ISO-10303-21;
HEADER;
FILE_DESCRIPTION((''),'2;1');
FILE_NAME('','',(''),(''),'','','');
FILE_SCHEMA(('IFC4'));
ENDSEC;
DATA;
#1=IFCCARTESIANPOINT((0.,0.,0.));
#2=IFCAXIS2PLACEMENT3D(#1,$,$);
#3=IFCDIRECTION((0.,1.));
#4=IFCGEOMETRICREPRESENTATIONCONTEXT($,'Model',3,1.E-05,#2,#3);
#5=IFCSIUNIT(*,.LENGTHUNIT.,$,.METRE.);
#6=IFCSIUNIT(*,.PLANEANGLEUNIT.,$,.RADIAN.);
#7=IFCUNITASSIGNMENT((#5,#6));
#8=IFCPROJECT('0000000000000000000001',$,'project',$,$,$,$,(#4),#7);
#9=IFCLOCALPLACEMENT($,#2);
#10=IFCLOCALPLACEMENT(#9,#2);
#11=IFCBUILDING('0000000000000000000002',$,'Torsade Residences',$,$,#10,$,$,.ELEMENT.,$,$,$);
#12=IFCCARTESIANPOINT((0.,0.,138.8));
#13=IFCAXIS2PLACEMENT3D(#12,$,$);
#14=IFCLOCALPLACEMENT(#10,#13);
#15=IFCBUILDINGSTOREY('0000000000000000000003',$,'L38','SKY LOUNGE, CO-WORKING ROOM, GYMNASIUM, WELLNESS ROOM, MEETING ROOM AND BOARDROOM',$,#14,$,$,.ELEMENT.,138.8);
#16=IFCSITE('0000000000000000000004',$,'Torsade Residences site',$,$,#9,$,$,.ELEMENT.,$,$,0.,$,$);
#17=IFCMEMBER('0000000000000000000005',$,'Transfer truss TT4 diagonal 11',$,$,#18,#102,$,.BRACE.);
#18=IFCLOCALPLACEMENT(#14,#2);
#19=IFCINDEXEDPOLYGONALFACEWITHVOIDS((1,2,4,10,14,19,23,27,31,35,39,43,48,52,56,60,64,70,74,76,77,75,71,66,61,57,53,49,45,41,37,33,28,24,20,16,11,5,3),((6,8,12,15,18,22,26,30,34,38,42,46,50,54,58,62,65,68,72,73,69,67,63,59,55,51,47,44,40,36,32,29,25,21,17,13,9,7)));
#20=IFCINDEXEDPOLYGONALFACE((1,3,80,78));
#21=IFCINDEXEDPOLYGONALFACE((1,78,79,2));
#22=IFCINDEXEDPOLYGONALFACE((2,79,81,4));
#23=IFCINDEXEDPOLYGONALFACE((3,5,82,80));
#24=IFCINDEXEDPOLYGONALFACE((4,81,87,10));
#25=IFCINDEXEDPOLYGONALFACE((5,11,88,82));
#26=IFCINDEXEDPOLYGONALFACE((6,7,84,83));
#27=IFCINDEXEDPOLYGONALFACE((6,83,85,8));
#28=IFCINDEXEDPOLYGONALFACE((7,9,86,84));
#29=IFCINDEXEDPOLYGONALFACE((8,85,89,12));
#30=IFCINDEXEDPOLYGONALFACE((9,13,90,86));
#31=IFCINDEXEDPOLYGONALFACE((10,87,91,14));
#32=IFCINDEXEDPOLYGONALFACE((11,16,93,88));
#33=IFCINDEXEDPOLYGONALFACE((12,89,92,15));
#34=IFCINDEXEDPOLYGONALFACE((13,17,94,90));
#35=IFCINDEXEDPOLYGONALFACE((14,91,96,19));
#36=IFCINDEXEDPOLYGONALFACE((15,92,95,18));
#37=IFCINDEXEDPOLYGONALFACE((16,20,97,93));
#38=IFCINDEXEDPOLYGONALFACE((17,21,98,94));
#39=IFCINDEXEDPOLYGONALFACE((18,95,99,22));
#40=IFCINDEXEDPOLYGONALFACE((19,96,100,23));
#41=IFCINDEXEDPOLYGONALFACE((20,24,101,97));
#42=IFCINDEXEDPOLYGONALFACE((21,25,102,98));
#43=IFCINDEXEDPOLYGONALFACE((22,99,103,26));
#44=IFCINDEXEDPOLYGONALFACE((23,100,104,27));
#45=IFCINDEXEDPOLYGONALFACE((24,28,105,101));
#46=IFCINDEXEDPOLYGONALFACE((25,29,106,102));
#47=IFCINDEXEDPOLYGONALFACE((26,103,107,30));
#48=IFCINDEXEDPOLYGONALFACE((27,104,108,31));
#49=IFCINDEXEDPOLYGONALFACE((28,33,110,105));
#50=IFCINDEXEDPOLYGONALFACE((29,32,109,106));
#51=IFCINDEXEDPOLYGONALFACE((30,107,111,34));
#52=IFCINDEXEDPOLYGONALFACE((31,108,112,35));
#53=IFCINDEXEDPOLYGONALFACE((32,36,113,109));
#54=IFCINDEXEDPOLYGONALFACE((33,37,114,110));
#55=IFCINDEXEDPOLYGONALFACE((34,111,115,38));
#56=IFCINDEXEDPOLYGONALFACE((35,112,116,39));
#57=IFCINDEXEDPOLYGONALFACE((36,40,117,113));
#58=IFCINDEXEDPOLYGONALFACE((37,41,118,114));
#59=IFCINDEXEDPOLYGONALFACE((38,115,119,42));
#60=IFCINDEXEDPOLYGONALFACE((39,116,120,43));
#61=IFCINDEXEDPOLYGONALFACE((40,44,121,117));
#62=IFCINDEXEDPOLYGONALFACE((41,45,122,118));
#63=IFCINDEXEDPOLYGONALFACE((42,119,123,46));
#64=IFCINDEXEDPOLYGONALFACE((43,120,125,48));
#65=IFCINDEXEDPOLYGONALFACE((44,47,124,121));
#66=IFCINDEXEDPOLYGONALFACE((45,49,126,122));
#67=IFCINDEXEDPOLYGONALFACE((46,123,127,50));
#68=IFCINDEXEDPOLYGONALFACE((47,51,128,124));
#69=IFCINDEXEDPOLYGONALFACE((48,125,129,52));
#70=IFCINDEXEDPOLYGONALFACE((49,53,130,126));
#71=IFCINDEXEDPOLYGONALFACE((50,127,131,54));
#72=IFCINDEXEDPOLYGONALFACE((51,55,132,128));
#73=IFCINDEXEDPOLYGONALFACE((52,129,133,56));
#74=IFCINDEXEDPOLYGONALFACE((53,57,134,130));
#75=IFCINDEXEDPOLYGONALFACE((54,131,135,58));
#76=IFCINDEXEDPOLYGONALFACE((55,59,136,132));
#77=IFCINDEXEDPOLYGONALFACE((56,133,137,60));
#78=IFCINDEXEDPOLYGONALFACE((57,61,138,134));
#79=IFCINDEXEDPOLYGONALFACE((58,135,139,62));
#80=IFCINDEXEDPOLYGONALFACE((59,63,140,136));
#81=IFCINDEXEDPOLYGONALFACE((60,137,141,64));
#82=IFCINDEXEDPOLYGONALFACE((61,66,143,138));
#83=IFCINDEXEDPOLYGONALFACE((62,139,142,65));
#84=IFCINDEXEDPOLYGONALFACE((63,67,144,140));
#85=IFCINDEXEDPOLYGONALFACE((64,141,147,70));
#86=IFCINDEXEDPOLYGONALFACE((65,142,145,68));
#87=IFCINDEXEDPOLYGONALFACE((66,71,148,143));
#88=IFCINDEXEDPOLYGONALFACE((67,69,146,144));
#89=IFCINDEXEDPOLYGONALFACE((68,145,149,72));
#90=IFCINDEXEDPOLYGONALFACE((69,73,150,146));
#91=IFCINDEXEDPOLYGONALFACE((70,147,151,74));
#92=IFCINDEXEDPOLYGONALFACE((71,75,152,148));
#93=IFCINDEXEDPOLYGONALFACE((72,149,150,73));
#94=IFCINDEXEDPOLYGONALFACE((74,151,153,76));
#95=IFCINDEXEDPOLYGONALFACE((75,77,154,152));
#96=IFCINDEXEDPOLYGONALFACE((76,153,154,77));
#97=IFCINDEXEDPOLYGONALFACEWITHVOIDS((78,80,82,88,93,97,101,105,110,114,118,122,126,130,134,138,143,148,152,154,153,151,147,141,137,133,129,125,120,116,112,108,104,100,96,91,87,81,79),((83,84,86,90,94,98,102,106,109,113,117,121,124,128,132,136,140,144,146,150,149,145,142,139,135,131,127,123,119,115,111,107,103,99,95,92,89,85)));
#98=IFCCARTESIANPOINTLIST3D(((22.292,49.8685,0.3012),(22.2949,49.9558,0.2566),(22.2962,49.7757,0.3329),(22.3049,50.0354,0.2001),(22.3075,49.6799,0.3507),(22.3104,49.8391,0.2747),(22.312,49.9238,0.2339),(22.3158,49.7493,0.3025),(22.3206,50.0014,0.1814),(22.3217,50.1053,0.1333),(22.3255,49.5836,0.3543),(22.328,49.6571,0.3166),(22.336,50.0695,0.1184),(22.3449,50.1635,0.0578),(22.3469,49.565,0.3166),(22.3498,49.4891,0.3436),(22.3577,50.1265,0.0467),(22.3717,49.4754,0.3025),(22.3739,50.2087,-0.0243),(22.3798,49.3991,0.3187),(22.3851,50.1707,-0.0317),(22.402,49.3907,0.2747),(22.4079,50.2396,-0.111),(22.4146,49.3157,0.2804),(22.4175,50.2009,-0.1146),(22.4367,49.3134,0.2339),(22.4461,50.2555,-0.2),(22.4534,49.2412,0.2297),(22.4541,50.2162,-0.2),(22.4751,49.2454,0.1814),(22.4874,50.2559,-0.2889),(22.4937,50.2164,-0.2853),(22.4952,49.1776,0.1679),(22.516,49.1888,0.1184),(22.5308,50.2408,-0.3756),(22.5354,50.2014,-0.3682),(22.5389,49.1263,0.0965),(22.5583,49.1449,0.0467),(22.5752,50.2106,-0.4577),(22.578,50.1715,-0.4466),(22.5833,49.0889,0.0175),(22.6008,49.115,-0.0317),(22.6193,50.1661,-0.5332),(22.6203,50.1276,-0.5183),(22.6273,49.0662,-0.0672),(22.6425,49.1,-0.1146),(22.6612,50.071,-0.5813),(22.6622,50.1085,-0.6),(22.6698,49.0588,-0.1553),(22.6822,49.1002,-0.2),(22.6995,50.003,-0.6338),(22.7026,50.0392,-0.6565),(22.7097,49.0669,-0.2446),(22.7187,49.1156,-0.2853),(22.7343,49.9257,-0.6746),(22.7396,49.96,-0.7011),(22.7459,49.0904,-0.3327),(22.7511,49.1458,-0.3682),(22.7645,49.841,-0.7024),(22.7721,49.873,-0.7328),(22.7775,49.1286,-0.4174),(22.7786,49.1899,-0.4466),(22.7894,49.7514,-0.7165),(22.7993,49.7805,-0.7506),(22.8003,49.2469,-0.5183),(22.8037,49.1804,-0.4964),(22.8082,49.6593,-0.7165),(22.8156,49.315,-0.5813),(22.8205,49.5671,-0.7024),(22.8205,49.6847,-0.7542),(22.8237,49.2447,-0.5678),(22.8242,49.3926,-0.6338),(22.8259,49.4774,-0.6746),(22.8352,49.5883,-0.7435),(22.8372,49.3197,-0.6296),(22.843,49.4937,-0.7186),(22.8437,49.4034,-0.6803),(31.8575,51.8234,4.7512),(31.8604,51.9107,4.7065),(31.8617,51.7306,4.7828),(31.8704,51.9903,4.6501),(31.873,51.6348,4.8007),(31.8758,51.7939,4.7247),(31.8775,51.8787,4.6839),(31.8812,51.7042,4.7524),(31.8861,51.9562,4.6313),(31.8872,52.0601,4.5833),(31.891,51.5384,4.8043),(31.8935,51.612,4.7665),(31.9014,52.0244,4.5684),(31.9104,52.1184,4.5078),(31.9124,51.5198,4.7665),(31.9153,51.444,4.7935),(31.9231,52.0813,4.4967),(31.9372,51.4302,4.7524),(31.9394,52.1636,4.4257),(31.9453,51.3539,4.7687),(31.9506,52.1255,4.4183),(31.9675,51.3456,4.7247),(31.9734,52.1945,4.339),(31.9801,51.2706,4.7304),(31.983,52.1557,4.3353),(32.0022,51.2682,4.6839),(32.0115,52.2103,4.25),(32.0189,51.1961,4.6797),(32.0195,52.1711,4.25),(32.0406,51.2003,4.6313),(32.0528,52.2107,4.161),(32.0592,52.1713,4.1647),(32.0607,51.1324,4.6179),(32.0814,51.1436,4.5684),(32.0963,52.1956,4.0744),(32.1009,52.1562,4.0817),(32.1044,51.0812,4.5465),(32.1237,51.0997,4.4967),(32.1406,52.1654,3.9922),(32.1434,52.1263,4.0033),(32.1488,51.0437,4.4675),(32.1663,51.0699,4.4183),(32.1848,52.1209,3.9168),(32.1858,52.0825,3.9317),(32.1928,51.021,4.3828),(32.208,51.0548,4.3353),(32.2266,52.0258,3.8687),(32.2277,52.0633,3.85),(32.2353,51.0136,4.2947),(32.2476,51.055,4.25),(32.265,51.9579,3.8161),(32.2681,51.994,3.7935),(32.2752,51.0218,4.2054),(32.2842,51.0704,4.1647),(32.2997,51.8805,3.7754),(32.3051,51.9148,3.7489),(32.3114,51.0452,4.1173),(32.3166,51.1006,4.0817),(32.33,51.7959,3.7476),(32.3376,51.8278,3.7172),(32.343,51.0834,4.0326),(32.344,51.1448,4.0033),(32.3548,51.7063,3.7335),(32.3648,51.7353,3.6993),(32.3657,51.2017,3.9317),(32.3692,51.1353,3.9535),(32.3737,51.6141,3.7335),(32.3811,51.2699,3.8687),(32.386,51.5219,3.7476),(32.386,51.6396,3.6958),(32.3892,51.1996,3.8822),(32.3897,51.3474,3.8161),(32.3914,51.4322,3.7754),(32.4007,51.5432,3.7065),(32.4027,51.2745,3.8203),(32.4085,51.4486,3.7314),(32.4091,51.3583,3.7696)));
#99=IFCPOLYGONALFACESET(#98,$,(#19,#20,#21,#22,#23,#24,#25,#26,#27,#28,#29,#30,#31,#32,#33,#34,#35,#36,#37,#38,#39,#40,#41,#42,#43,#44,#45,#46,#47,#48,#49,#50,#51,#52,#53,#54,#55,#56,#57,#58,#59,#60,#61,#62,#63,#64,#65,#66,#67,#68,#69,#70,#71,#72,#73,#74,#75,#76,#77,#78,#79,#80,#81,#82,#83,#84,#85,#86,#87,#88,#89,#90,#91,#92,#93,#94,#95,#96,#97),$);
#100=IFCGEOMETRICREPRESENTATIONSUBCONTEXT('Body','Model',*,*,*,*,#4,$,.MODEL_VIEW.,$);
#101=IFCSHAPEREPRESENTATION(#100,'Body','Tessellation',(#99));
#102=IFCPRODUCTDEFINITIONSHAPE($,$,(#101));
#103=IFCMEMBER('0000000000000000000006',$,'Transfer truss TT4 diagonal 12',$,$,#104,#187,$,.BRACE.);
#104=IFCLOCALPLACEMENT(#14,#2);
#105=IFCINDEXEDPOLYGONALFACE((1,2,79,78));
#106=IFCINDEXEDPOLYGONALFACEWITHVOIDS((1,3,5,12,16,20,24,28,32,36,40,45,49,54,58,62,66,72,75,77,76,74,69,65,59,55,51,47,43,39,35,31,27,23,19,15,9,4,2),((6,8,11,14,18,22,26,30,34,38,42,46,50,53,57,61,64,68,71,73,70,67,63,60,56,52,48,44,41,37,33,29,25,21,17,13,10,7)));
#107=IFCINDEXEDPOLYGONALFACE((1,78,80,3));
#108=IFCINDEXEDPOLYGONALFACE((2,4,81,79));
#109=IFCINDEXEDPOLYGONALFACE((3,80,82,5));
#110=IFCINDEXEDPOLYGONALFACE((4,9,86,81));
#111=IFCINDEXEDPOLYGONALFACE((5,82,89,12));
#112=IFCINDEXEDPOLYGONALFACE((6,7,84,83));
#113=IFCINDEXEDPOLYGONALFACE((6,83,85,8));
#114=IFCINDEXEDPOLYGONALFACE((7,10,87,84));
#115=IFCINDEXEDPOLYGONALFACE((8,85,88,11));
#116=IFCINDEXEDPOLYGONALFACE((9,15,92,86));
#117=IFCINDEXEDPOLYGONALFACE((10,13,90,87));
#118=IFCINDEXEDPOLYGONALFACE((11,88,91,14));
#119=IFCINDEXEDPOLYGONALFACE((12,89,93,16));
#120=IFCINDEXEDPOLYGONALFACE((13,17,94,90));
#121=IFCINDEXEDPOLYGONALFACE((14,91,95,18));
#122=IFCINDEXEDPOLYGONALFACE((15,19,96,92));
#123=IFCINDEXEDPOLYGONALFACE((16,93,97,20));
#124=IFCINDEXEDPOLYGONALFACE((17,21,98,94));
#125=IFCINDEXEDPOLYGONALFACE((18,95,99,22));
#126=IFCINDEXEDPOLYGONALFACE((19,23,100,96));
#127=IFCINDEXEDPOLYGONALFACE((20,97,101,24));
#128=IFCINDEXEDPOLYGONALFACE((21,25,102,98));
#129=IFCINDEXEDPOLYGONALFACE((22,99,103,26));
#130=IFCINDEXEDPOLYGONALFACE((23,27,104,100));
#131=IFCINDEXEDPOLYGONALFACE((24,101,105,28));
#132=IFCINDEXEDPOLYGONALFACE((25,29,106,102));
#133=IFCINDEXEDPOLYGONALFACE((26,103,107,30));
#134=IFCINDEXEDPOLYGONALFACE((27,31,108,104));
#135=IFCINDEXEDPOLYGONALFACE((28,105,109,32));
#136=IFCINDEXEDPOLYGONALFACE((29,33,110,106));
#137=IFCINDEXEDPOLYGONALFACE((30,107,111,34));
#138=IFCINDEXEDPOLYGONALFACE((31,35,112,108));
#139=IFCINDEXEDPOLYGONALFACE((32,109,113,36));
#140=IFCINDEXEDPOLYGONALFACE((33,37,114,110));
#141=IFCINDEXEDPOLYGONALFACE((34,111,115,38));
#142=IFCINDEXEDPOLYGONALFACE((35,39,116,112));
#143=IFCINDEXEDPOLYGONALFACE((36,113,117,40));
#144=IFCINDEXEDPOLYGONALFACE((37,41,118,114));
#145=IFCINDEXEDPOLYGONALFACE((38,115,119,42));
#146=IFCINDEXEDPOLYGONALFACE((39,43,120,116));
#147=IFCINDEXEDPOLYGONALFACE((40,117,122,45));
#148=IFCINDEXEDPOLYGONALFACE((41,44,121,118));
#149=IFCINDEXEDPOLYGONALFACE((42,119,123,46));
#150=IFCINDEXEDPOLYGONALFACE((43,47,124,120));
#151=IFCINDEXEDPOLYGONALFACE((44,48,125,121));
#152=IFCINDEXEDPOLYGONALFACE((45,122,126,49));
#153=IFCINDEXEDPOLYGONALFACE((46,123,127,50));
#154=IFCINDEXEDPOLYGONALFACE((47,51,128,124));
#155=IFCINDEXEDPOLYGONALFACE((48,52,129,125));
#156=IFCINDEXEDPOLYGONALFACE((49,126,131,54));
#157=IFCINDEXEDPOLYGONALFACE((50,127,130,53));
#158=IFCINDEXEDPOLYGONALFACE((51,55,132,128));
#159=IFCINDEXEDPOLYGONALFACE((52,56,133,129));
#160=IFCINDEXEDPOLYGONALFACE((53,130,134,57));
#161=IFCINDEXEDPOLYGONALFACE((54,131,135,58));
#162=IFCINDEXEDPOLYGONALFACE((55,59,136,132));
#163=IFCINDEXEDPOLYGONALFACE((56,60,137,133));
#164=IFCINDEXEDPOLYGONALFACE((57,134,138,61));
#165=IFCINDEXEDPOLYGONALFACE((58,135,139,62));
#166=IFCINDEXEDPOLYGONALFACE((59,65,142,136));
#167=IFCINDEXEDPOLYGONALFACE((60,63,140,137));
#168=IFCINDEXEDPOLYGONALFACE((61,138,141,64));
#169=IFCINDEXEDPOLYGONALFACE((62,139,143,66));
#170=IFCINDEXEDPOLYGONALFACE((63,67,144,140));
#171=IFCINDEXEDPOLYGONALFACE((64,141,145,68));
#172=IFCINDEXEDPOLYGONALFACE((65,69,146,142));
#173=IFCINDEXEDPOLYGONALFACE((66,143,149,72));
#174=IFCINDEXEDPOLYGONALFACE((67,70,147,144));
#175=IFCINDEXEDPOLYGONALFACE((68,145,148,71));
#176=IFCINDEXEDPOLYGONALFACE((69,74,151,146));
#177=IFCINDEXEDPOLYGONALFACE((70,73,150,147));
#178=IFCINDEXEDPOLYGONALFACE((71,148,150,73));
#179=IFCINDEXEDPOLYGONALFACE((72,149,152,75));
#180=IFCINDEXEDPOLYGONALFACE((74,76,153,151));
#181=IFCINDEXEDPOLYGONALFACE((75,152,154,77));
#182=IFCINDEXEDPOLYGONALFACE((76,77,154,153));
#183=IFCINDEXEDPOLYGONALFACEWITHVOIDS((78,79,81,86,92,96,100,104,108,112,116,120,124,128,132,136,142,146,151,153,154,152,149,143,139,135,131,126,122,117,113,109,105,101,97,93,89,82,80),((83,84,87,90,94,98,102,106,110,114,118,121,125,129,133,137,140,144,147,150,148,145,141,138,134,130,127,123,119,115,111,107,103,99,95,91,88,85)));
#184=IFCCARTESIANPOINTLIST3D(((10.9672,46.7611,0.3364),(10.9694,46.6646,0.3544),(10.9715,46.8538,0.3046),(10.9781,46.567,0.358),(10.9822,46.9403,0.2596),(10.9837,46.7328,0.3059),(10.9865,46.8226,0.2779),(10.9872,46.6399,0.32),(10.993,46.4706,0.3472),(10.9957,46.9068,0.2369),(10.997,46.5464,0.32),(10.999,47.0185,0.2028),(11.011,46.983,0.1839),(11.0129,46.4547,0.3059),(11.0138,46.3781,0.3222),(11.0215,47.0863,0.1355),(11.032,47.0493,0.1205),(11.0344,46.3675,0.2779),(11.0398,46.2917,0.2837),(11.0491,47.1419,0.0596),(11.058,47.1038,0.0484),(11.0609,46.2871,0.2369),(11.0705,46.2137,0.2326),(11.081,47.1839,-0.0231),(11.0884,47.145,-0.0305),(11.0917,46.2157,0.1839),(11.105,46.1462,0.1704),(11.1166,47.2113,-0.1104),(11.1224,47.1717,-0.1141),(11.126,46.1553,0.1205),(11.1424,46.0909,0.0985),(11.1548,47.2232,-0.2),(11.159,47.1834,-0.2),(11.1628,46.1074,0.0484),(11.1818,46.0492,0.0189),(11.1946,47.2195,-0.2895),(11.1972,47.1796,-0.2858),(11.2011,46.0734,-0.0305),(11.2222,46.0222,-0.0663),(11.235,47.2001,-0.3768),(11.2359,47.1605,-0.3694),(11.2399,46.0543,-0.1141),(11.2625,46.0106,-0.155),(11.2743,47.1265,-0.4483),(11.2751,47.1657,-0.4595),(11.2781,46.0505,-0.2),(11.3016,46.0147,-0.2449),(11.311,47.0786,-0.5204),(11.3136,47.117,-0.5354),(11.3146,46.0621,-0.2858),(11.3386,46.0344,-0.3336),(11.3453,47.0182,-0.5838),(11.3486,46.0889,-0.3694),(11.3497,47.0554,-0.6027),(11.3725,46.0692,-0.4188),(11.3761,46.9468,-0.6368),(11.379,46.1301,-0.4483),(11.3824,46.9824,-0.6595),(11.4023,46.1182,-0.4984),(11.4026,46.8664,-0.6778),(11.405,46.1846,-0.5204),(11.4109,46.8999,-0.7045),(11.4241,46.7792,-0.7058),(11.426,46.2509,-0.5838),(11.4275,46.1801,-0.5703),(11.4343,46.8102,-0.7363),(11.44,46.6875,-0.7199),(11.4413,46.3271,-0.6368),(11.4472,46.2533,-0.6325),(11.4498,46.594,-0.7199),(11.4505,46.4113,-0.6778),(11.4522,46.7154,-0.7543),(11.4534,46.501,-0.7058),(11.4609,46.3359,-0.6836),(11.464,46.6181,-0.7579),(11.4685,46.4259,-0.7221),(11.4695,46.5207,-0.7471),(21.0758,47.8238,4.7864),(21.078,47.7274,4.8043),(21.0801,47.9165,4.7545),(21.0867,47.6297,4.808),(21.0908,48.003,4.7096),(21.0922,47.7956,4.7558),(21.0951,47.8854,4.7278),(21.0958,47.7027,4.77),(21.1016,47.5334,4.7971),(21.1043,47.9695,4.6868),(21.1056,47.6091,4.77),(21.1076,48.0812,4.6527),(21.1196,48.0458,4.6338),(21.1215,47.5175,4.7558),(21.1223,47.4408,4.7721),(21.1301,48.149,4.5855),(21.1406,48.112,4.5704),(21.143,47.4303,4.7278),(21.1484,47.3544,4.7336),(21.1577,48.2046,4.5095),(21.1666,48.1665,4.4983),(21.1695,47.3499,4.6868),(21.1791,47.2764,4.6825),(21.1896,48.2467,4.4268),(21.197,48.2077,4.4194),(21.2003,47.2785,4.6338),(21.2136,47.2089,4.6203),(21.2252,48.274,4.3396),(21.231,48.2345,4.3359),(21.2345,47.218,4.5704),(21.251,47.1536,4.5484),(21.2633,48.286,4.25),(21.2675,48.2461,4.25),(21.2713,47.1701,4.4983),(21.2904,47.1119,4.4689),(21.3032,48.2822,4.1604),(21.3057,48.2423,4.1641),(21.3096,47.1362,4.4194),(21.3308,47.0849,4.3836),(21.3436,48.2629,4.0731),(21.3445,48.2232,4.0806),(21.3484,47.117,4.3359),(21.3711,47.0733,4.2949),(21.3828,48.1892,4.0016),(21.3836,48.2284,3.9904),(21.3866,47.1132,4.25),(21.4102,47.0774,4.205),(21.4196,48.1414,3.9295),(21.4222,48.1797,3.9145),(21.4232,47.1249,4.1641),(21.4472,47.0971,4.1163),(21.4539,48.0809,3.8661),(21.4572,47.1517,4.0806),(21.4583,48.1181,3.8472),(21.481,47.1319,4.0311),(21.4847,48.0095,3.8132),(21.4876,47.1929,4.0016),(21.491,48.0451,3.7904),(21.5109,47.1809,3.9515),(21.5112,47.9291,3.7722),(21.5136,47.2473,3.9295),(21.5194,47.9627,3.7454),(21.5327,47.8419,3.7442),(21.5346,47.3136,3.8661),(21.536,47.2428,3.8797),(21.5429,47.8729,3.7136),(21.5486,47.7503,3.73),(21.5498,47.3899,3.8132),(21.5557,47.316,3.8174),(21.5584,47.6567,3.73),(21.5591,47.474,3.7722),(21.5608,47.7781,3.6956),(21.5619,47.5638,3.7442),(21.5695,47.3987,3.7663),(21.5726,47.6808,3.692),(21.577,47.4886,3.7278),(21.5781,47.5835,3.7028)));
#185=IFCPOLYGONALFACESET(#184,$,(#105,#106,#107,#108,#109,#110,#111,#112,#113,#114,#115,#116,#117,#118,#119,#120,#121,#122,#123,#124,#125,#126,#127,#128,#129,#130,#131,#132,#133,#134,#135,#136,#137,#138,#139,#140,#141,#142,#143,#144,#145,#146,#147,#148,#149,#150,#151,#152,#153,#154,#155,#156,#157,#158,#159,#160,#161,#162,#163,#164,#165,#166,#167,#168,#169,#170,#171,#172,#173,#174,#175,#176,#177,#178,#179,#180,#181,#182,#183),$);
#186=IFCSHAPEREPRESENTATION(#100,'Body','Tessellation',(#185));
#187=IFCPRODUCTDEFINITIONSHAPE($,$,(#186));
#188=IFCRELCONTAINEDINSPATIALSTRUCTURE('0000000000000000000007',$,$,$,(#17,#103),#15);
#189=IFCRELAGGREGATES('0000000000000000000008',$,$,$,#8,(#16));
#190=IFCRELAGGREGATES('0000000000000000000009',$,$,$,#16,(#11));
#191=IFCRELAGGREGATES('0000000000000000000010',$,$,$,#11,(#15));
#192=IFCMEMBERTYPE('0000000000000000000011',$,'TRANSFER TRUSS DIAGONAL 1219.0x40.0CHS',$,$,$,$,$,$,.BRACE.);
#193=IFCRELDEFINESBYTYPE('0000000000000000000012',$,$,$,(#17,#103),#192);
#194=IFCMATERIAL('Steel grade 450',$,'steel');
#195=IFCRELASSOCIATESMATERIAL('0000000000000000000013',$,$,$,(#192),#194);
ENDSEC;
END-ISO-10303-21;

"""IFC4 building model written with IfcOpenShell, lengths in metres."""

from ifc_helpers import new_model, si_unit, direction, frame, origin, origin_2d, place, context, subcontext, project, spatial, hollow_circle, extrude, material, material_profile, profile_set, type_object, element, save


model = new_model("IFC4")

# Units and contexts
model_context = context("Model", 3, precision=1e-05, world=origin(), true_north=direction((0.0, 1.0)))
body_context = subcontext(model_context, "Body", "Model", "MODEL_VIEW")
ifc_project = project(units=[si_unit("LENGTHUNIT", "METRE"), si_unit("PLANEANGLEUNIT", "RADIAN")], contexts=[model_context])

# Site, building, storey
site_placement = place(None, origin())
site = spatial("IfcSite", under=ifc_project, at=site_placement, Name="Torsade Residences site", CompositionType="ELEMENT", RefElevation=0.0)
building_placement = place(site_placement, origin())
building = spatial("IfcBuilding", under=site, at=building_placement, Name="Torsade Residences", CompositionType="ELEMENT")
storey_placement = place(building_placement, frame((0.0, 0.0, 138.8)))
storey = spatial("IfcBuildingStorey", under=building, at=storey_placement, Name="L38", Description="SKY LOUNGE, CO-WORKING ROOM, GYMNASIUM, WELLNESS ROOM, MEETING ROOM AND BOARDROOM", CompositionType="ELEMENT", Elevation=138.8)

# Members
ifc_material_1 = material(Name="Steel grade 450", Category="steel")
ifc_material_profile_1 = material_profile(ifc_material_1, hollow_circle(Radius=0.6096, WallThickness=0.04, at=origin_2d()), Name="1219.0x40.0CHS")
ifc_profile_set_1 = profile_set([ifc_material_profile_1], Name="Steel grade 450")
member_type_1 = type_object("IfcMemberType", Name="TRANSFER TRUSS DIAGONAL 1219.0x40.0CHS", PredefinedType="BRACE", material=ifc_profile_set_1)
member_1_placement = place(storey_placement, frame((22.5681, 49.6582, -0.2), z_axis=(0.891512, 0.182193, 0.414742), x_axis=(-0.200226, 0.97975, 0.0)))
element("IfcMember", 1, at=member_1_placement, inside=storey, type_object=member_type_1, Name="Transfer truss TT4 diagonal 11", PredefinedType="BRACE", context=body_context, shape_type="SweptSolid", body=[
    extrude(hollow_circle(Radius=0.6096, WallThickness=0.04, at=origin_2d()), origin(), (0.0, 0.0, 1.0), 10.7295),
])
member_2_placement = place(storey_placement, frame((11.2185, 46.6169, -0.2), z_axis=(0.911036, 0.095779, 0.401049), x_axis=(-0.104556, 0.994519, 0.0)))
element("IfcMember", 2, at=member_2_placement, inside=storey, type_object=member_type_1, Name="Transfer truss TT4 diagonal 12", PredefinedType="BRACE", context=body_context, shape_type="SweptSolid", body=[
    extrude(hollow_circle(Radius=0.6096, WallThickness=0.04, at=origin_2d()), origin(), (0.0, 0.0, 1.0), 11.0957),
])

save(model, "model.ifc")
